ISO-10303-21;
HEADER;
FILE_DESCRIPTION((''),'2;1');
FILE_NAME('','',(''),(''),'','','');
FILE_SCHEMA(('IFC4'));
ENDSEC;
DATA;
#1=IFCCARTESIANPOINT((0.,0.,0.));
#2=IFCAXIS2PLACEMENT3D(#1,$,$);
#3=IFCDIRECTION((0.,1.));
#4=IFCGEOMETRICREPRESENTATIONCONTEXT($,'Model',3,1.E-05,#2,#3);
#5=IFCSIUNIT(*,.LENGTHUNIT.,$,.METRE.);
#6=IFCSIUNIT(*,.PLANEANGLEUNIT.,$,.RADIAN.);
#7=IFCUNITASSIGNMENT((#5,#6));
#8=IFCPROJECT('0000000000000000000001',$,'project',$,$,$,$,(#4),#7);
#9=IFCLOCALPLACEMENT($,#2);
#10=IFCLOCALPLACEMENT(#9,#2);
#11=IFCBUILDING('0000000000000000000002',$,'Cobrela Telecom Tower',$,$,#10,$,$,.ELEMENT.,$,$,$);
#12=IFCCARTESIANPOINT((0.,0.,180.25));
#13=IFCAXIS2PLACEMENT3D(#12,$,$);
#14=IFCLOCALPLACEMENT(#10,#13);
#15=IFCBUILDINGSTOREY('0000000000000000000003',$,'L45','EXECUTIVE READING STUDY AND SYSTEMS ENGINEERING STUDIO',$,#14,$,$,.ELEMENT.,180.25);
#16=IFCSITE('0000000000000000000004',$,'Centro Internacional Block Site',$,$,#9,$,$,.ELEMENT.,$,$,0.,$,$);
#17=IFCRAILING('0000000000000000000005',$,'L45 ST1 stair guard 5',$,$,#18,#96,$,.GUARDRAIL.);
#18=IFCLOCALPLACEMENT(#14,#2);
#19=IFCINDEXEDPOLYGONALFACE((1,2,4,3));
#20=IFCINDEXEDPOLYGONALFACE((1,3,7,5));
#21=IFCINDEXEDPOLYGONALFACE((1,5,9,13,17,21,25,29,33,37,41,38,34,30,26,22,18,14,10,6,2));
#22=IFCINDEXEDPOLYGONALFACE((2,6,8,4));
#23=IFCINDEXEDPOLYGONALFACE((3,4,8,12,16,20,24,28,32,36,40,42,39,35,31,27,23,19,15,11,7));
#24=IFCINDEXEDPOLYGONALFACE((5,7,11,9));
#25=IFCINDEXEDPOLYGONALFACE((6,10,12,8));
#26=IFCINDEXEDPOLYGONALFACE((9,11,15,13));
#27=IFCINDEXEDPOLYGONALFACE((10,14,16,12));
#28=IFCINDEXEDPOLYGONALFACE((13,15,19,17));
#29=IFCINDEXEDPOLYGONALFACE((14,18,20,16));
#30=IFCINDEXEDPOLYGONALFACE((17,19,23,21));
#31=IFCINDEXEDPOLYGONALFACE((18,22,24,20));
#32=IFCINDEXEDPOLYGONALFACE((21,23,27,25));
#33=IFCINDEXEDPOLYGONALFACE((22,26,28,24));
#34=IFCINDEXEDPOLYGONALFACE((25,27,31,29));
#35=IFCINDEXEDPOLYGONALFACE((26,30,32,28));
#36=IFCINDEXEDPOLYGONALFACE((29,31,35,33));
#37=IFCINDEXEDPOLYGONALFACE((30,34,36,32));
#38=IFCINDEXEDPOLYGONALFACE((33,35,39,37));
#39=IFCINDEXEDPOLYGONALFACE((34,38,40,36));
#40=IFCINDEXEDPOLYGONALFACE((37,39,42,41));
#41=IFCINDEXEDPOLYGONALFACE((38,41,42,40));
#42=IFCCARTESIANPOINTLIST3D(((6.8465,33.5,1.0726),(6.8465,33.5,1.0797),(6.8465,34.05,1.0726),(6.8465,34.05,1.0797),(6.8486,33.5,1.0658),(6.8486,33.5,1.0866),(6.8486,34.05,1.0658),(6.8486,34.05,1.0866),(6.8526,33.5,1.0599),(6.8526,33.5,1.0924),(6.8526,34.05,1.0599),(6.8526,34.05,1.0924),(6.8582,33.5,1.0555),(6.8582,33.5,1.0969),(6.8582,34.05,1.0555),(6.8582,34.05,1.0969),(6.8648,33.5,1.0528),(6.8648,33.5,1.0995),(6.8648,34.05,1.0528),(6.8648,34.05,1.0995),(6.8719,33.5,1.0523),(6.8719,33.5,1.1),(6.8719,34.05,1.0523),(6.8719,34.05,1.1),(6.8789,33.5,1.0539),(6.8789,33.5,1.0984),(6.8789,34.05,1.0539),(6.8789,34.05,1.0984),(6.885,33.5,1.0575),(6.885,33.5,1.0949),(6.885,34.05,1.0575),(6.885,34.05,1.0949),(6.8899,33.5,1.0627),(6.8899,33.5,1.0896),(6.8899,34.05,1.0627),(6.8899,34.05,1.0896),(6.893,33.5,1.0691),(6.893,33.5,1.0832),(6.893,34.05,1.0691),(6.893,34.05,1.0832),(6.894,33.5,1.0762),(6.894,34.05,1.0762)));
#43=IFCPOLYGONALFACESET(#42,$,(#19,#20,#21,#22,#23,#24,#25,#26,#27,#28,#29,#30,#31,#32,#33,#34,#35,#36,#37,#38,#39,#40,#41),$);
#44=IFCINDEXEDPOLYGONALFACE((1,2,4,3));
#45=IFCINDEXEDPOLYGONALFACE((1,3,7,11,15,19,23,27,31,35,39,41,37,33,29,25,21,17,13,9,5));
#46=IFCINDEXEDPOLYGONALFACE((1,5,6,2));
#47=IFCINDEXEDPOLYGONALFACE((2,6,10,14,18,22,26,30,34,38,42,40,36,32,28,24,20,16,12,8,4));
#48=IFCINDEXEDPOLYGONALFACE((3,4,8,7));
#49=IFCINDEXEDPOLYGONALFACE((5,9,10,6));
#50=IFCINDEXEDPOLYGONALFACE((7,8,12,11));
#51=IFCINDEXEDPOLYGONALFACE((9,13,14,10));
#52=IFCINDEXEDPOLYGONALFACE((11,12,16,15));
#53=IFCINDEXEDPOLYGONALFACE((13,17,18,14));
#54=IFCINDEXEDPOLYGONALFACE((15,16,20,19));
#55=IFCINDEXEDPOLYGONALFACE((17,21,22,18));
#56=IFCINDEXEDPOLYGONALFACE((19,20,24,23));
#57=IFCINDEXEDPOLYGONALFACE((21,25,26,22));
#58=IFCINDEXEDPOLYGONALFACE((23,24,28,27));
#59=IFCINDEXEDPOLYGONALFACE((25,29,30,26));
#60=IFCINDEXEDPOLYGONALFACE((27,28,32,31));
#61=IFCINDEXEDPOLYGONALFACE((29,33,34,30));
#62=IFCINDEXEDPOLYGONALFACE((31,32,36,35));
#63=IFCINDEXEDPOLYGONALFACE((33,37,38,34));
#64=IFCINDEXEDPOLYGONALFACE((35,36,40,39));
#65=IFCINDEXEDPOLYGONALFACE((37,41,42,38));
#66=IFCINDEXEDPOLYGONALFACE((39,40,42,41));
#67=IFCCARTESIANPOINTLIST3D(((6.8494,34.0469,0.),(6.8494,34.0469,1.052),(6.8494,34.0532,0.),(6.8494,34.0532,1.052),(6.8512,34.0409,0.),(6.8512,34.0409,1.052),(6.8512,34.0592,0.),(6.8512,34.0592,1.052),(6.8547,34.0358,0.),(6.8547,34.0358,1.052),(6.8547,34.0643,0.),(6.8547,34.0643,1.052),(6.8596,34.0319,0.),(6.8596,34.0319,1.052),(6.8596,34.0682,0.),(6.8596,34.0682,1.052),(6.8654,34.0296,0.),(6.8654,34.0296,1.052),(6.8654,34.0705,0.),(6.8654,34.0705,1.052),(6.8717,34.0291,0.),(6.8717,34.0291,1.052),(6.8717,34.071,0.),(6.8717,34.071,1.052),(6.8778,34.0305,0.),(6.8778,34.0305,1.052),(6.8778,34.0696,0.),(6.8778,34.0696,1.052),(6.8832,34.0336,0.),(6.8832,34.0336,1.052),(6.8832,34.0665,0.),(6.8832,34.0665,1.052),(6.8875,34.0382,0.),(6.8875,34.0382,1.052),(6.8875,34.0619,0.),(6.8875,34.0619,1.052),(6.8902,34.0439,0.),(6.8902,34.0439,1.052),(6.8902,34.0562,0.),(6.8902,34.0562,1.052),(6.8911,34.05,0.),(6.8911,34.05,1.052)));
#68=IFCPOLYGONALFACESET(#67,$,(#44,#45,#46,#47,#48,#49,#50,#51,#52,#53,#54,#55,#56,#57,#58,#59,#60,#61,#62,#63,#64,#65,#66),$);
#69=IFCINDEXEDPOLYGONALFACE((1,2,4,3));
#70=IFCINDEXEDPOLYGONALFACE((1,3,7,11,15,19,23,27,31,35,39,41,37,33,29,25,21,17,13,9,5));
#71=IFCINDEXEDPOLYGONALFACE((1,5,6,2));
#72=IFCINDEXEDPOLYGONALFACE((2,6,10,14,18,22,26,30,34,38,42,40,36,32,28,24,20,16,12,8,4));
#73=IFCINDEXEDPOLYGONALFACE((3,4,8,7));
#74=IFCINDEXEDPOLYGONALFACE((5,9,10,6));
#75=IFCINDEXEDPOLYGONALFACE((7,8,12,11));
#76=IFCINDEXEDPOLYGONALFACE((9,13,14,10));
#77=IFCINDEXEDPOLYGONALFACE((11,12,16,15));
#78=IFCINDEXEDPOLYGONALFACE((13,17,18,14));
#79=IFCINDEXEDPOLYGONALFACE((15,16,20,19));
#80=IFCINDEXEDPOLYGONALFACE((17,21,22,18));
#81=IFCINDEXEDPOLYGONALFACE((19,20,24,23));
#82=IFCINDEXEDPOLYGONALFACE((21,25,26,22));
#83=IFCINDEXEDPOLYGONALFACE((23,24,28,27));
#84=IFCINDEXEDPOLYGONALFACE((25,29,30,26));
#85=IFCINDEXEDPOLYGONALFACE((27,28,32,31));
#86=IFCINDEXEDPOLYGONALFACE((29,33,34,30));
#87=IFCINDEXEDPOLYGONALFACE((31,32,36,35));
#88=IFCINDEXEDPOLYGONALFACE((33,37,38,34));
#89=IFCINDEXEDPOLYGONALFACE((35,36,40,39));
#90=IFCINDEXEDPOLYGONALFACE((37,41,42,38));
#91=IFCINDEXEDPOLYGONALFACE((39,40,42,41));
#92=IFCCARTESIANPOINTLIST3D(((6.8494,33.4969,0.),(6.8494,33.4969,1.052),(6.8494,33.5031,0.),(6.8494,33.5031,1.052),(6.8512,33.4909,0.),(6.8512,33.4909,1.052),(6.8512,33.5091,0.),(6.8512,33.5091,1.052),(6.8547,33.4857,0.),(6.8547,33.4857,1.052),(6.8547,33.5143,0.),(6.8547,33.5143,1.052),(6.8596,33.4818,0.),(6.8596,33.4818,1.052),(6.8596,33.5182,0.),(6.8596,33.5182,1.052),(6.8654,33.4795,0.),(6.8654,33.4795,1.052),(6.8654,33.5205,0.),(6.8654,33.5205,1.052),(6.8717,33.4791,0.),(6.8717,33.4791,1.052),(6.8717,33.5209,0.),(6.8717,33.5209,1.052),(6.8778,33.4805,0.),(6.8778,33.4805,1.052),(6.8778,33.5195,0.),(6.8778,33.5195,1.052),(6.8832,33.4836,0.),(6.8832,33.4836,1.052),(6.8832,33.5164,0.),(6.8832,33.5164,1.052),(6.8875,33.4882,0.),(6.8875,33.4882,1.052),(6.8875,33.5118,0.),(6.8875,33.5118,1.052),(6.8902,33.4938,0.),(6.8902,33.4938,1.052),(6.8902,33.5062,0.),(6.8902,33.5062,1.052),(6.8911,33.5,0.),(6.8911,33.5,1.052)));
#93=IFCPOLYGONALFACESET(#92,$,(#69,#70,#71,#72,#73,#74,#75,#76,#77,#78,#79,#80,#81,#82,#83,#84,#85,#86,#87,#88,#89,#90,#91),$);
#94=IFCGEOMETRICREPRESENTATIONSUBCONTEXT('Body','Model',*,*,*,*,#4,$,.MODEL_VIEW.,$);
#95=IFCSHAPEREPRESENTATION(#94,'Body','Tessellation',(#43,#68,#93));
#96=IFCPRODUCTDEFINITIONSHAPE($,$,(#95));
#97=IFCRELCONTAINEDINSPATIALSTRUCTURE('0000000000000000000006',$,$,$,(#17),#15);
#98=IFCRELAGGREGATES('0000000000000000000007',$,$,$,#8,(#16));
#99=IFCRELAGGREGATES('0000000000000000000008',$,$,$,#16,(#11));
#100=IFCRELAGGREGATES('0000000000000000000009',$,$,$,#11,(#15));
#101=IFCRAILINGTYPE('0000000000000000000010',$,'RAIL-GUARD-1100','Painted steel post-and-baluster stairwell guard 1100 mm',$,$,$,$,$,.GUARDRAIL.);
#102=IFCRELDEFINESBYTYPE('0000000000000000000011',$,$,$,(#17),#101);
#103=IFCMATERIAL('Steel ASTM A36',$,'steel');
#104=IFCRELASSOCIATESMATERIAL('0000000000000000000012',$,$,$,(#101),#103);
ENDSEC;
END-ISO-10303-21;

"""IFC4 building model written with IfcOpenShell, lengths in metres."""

from ifc_helpers import new_model, si_unit, direction, frame, origin, origin_2d, place, context, subcontext, project, spatial, circle, extrude, material, type_object, element, save


model = new_model("IFC4")

# Units and contexts
model_context = context("Model", 3, precision=1e-05, world=origin(), true_north=direction((0.0, 1.0)))
body_context = subcontext(model_context, "Body", "Model", "MODEL_VIEW")
ifc_project = project(units=[si_unit("LENGTHUNIT", "METRE"), si_unit("PLANEANGLEUNIT", "RADIAN")], contexts=[model_context])

# Site, building, storey
site_placement = place(None, origin())
site = spatial("IfcSite", under=ifc_project, at=site_placement, Name="Centro Internacional Block Site", CompositionType="ELEMENT", RefElevation=0.0)
building_placement = place(site_placement, origin())
building = spatial("IfcBuilding", under=site, at=building_placement, Name="Cobrela Telecom Tower", CompositionType="ELEMENT")
storey_placement = place(building_placement, frame((0.0, 0.0, 180.25)))
storey = spatial("IfcBuildingStorey", under=building, at=storey_placement, Name="L45", Description="EXECUTIVE READING STUDY AND SYSTEMS ENGINEERING STUDIO", CompositionType="ELEMENT", Elevation=180.25)

# Shared definitions
ifc_material_1 = material(Name="Steel ASTM A36", Category="steel")

# Railing
railing_type_1 = type_object("IfcRailingType", Name="RAIL-GUARD-1100", Description="Painted steel post-and-baluster stairwell guard 1100 mm", PredefinedType="GUARDRAIL", material=ifc_material_1)
railing_1_placement = place(storey_placement, frame((6.8701, 34.05, 0.0)))
element("IfcRailing", 1, at=railing_1_placement, inside=storey, type_object=railing_type_1, Name="L45 ST1 stair guard 5", PredefinedType="GUARDRAIL", context=body_context, shape_type="SweptSolid", body=[
    extrude(circle(Radius=0.0239, at=origin_2d()), frame((0.0, 0.0, 1.0762), z_axis=(0.0, -1.0, 0.0), x_axis=(1.0, 0.0, 0.0)), (0.0, 0.0, 1.0), 0.55),
    extrude(circle(Radius=0.021, at=origin_2d()), origin(), (0.0, 0.0, 1.0), 1.052),
    extrude(circle(Radius=0.021, at=origin_2d()), frame((0.0, -0.55, 0.0)), (0.0, 0.0, 1.0), 1.052),
])

save(model, "model.ifc")
